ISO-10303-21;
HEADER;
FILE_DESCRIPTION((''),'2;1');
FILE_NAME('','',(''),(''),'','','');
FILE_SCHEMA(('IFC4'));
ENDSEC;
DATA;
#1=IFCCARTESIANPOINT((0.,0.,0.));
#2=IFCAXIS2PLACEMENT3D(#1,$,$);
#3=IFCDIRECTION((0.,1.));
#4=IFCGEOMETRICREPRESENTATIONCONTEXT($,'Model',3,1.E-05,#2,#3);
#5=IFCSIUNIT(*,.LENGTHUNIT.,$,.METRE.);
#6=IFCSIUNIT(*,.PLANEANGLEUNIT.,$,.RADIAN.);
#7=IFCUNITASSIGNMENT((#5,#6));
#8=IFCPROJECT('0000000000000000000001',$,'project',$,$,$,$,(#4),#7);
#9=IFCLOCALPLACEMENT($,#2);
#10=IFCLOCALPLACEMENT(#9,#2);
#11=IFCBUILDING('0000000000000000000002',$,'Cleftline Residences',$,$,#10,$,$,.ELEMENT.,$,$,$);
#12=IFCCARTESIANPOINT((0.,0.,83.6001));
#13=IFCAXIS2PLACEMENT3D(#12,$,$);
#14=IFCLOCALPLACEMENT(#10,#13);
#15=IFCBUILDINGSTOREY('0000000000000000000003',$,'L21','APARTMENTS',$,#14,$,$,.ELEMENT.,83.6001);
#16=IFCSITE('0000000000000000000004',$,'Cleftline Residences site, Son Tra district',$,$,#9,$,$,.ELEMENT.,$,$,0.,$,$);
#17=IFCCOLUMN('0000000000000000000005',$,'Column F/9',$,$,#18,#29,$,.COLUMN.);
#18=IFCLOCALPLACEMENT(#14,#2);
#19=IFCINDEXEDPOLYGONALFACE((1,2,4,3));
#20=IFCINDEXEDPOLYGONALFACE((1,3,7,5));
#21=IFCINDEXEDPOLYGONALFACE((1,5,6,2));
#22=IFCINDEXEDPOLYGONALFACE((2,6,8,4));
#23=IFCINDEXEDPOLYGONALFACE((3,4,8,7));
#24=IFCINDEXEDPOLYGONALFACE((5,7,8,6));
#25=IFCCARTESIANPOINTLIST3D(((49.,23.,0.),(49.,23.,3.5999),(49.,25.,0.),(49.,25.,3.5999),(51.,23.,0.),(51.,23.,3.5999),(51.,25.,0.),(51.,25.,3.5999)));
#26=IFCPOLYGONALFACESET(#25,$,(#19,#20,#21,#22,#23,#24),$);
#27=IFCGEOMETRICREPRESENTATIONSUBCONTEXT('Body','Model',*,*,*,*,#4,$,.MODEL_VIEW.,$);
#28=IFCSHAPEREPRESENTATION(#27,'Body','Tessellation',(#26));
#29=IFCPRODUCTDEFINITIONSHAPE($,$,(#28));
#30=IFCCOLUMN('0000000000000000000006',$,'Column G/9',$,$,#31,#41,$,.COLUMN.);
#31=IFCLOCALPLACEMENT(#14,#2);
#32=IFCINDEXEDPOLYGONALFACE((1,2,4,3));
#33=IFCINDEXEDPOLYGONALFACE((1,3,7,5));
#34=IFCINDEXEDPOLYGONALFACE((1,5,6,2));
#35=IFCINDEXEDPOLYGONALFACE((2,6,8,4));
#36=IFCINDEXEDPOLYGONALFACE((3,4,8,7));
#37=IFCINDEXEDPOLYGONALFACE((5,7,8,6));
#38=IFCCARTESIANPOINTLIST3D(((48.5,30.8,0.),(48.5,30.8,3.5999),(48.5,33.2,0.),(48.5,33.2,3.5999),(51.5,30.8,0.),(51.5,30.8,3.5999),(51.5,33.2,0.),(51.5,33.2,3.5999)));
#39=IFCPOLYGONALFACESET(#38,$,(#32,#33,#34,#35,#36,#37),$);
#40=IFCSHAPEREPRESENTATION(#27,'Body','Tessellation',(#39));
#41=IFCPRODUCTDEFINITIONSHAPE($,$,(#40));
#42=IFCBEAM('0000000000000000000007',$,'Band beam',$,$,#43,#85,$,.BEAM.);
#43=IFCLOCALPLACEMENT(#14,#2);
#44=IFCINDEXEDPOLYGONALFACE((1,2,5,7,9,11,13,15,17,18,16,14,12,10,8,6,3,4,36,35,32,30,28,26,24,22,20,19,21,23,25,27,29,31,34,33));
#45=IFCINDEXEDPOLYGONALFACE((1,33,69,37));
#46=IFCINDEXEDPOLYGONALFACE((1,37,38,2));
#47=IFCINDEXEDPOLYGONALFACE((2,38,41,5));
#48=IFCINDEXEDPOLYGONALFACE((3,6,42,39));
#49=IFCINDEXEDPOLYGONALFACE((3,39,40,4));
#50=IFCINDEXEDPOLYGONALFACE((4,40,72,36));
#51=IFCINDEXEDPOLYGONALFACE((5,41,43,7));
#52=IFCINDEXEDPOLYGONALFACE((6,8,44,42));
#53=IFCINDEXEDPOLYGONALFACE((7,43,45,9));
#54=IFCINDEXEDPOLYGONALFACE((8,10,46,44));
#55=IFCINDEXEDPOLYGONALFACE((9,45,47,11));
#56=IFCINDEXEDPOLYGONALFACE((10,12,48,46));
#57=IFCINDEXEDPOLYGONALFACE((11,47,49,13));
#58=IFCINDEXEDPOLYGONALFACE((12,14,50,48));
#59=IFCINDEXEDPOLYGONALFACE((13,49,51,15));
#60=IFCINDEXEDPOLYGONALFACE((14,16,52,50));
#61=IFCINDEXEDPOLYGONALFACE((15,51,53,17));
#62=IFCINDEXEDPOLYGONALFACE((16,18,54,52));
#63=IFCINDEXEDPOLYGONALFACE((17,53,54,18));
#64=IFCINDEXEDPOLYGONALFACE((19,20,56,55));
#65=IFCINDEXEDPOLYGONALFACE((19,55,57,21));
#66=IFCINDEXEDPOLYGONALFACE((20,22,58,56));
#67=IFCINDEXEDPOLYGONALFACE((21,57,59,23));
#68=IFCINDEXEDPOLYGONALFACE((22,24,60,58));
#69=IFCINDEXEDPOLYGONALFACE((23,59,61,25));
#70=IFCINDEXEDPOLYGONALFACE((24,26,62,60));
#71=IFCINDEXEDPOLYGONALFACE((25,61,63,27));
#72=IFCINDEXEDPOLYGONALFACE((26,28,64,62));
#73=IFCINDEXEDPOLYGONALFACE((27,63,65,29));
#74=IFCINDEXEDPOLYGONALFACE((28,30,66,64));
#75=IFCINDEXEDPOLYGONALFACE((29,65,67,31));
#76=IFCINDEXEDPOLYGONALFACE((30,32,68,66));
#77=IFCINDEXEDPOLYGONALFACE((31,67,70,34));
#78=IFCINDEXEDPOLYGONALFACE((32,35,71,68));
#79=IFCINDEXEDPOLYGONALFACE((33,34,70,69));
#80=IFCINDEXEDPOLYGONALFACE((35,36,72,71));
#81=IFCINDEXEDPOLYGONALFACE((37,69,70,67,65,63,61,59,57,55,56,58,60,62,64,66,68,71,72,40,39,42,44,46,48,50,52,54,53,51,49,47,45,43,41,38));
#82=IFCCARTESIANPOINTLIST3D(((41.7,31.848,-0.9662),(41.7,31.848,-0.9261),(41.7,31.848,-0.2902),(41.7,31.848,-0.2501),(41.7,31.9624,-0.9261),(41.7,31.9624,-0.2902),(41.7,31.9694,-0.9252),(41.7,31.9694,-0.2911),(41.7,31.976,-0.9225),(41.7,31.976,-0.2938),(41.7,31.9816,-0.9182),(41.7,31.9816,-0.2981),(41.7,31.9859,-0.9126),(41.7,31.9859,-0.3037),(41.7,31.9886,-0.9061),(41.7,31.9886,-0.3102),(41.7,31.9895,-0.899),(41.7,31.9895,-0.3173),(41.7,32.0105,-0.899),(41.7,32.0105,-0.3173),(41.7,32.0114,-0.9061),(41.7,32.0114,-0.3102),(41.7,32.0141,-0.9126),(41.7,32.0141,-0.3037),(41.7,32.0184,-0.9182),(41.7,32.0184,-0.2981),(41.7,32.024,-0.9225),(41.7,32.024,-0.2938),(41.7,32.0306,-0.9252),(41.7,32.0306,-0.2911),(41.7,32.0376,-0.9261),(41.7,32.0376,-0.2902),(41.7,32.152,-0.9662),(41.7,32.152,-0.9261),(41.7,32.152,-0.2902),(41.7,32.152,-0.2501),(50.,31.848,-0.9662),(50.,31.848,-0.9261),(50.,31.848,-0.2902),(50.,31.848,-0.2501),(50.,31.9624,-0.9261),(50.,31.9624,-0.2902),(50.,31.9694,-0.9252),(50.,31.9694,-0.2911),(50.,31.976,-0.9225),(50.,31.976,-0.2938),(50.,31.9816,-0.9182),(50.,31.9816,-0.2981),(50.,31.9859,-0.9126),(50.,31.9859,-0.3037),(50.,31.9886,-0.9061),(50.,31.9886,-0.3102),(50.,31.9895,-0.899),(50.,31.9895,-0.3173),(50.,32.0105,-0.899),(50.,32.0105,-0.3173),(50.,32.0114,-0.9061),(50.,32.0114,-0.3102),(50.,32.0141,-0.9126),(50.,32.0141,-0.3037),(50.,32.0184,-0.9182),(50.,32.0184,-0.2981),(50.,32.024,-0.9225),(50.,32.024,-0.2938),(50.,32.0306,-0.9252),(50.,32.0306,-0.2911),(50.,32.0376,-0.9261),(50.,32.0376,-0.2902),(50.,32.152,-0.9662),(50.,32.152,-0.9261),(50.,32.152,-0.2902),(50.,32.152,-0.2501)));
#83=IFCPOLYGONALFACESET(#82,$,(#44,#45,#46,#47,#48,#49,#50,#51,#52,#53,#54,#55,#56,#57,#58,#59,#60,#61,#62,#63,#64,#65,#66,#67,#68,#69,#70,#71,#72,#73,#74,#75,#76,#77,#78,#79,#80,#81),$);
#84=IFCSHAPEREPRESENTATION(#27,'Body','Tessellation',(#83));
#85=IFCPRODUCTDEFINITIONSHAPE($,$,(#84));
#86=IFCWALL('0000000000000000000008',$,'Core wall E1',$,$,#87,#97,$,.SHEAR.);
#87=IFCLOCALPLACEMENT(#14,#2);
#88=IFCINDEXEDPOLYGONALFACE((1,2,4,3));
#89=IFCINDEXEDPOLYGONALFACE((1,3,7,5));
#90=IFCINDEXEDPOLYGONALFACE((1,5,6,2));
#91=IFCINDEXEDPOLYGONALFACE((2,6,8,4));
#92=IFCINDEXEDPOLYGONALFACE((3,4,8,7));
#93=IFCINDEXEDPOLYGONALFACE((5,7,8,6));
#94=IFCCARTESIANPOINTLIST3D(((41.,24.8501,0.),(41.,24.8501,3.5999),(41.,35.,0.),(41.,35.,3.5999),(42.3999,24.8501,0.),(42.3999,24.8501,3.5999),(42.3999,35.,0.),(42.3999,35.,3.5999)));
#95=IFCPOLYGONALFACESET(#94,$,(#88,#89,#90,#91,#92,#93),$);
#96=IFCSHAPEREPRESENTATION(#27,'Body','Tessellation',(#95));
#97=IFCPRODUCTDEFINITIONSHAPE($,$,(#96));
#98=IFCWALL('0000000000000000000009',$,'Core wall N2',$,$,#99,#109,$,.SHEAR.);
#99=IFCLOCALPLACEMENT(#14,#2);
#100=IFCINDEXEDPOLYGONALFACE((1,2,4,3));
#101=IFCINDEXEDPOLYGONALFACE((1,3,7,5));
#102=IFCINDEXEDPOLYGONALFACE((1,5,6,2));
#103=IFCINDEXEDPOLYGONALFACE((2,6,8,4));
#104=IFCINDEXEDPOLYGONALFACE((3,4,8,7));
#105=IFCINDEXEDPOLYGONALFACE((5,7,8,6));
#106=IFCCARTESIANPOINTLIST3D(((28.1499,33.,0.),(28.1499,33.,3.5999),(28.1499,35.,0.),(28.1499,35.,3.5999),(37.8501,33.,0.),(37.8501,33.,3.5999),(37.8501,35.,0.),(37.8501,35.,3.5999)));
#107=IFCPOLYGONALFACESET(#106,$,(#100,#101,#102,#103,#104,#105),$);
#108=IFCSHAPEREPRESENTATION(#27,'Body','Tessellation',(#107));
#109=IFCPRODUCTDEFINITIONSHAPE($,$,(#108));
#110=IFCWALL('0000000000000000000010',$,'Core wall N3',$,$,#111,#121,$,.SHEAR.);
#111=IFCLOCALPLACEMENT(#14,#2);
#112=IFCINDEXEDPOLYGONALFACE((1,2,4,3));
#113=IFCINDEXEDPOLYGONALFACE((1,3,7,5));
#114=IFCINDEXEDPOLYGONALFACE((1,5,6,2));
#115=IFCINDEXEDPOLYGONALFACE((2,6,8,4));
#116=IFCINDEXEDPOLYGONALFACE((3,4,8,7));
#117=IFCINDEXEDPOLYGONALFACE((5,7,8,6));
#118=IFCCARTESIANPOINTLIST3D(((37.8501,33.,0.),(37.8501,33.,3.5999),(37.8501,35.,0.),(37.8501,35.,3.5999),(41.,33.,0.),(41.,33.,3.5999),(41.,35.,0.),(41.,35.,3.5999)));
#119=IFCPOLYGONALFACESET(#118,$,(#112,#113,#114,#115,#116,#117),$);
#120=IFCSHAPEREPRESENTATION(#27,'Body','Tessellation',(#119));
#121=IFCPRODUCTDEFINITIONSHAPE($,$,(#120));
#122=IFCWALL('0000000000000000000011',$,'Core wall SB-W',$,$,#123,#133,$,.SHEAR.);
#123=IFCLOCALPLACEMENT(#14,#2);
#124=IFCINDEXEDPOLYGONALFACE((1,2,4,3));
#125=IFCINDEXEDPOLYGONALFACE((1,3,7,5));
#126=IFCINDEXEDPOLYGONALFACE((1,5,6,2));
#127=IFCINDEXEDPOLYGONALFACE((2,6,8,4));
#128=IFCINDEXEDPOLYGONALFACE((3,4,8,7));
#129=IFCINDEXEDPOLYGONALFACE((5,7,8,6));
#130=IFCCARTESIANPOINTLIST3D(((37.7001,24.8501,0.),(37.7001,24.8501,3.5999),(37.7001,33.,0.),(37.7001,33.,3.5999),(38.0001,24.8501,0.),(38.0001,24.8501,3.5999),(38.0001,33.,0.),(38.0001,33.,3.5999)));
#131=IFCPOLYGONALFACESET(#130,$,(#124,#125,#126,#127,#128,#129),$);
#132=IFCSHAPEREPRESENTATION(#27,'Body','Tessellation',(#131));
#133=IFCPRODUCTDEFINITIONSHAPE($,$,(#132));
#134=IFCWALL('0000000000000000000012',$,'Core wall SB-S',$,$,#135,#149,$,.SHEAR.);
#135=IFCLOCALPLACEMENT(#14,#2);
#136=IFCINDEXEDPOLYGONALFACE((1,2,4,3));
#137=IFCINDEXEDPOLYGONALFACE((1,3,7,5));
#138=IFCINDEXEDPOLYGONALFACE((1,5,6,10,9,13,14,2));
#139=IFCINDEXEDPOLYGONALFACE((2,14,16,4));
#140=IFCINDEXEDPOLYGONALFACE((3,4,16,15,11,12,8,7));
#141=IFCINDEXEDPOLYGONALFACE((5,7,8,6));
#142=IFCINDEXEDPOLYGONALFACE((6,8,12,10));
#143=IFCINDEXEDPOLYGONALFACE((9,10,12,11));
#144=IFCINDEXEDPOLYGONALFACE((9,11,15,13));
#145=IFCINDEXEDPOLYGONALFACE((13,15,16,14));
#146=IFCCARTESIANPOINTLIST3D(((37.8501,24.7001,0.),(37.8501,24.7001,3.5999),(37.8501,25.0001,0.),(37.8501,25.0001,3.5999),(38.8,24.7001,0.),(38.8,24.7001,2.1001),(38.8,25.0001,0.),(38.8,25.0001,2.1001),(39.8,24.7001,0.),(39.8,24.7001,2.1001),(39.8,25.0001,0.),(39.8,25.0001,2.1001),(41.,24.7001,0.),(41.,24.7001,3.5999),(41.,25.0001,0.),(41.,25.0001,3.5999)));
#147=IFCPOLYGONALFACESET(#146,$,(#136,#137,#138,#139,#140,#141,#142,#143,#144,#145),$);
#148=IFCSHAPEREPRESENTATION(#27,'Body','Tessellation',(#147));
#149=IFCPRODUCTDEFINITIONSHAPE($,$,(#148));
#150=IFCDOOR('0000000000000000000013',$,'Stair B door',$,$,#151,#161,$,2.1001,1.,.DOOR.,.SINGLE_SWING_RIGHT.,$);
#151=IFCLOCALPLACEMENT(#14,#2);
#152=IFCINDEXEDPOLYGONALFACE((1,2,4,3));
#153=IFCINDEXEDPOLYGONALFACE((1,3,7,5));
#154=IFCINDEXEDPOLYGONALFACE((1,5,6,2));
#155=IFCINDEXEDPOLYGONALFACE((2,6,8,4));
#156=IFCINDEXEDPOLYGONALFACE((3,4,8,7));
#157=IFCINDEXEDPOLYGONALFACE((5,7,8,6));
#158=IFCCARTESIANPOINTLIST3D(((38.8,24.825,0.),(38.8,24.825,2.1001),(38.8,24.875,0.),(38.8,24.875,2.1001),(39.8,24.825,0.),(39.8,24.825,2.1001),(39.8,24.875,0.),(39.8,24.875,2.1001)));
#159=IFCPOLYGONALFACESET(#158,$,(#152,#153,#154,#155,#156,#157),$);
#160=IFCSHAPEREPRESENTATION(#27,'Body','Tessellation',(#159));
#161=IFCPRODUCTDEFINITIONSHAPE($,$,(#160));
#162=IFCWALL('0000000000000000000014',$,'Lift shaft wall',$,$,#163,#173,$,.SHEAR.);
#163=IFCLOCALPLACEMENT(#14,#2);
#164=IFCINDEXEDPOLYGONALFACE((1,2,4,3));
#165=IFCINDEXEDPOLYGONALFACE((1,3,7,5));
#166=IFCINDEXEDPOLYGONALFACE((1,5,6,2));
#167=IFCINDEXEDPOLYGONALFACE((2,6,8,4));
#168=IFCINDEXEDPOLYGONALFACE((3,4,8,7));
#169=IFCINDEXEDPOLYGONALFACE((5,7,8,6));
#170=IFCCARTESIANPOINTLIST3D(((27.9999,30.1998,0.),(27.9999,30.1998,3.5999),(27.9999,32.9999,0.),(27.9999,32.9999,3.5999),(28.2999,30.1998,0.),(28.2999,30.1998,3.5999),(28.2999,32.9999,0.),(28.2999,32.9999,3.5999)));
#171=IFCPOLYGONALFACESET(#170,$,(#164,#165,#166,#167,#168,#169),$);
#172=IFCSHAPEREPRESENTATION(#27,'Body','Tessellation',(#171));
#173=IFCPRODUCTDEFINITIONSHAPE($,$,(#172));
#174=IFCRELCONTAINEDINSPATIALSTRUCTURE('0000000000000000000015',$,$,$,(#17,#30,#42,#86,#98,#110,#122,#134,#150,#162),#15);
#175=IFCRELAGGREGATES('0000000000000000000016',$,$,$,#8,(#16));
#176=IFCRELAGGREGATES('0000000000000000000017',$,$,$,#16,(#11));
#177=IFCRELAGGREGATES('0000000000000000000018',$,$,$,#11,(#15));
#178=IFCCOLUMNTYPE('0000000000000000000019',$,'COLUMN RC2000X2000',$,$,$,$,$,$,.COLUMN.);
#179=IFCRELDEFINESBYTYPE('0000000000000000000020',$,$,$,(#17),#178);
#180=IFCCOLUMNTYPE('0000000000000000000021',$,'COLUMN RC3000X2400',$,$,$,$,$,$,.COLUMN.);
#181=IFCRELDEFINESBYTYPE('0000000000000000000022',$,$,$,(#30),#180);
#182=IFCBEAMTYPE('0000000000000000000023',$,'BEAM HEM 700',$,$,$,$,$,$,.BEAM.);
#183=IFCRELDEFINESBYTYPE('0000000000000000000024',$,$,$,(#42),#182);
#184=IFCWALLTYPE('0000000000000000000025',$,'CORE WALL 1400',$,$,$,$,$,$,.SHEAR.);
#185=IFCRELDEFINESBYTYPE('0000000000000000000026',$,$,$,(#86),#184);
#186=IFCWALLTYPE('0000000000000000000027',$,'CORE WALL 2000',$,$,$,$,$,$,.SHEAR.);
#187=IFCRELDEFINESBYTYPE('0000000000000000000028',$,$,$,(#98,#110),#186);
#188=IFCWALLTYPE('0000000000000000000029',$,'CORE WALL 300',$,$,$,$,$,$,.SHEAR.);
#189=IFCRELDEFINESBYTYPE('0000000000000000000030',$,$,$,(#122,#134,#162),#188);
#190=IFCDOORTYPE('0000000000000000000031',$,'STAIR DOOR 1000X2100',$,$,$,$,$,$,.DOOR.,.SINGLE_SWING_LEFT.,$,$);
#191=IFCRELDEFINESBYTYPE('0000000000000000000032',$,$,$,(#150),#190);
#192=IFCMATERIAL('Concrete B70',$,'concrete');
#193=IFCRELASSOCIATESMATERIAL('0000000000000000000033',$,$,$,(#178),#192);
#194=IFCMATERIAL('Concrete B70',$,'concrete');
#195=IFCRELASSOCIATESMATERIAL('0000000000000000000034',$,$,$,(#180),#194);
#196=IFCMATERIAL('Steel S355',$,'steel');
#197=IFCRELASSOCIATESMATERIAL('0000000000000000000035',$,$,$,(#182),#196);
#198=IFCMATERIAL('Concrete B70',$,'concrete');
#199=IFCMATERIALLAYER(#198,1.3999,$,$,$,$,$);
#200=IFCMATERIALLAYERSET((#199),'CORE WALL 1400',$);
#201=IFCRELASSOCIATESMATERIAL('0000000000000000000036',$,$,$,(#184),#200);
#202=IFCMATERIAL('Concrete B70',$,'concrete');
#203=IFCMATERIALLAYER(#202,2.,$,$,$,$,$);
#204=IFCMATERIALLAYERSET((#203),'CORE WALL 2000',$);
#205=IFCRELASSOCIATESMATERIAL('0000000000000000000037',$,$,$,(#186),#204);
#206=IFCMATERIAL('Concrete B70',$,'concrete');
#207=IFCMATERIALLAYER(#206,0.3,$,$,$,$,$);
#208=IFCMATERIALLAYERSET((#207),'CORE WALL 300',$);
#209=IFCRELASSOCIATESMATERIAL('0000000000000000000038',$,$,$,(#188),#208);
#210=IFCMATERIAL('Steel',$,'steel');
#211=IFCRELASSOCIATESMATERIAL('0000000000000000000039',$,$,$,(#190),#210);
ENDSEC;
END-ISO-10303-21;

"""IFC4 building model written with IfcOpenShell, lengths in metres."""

from ifc_helpers import new_model, si_unit, direction, frame, frame_2d, origin, origin_2d, place, context, subcontext, project, spatial, rectangle, i_section, extrude, material, layer, layer_set, material_profile, profile_set, type_object, element, fill, save


model = new_model("IFC4")

# Units and contexts
model_context = context("Model", 3, precision=1e-05, world=origin(), true_north=direction((0.0, 1.0)))
body_context = subcontext(model_context, "Body", "Model", "MODEL_VIEW")
ifc_project = project(units=[si_unit("LENGTHUNIT", "METRE"), si_unit("PLANEANGLEUNIT", "RADIAN")], contexts=[model_context])

# Site, building, storey
site_placement = place(None, origin())
site = spatial("IfcSite", under=ifc_project, at=site_placement, Name="Cleftline Residences site, Son Tra district", CompositionType="ELEMENT", RefElevation=0.0)
building_placement = place(site_placement, origin())
building = spatial("IfcBuilding", under=site, at=building_placement, Name="Cleftline Residences", CompositionType="ELEMENT")
storey_placement = place(building_placement, frame((0.0, 0.0, 83.6001)))
storey = spatial("IfcBuildingStorey", under=building, at=storey_placement, Name="L21", Description="APARTMENTS", CompositionType="ELEMENT", Elevation=83.6001)

# Columns
ifc_material_1 = material(Name="Concrete B70", Category="concrete")
ifc_material_profile_1 = material_profile(ifc_material_1, rectangle(XDim=2.0, YDim=2.0, at=origin_2d()))
ifc_profile_set_1 = profile_set([ifc_material_profile_1], Name="Concrete B70")
column_type_1 = type_object("IfcColumnType", Name="COLUMN RC2000X2000", PredefinedType="COLUMN", material=ifc_profile_set_1)
column_1_placement = place(storey_placement, frame((50.0, 24.0, 0.0), z_axis=(0.0, 0.0, 1.0), x_axis=(1.0, 0.0, 0.0)))
element("IfcColumn", 1, at=column_1_placement, inside=storey, type_object=column_type_1, Name="Column F/9", PredefinedType="COLUMN", context=body_context, shape_type="SweptSolid", body=[
    extrude(rectangle(XDim=2.0, YDim=2.0, at=origin_2d()), origin(), (0.0, 0.0, 1.0), 3.5999),
])
ifc_material_2 = material(Name="Concrete B70", Category="concrete")
ifc_material_profile_2 = material_profile(ifc_material_2, rectangle(XDim=3.0, YDim=2.3999, at=origin_2d()))
ifc_profile_set_2 = profile_set([ifc_material_profile_2], Name="Concrete B70")
column_type_2 = type_object("IfcColumnType", Name="COLUMN RC3000X2400", PredefinedType="COLUMN", material=ifc_profile_set_2)
column_2_placement = place(storey_placement, frame((50.0, 32.0, 0.0), z_axis=(0.0, 0.0, 1.0), x_axis=(1.0, 0.0, 0.0)))
element("IfcColumn", 2, at=column_2_placement, inside=storey, type_object=column_type_2, Name="Column G/9", PredefinedType="COLUMN", context=body_context, shape_type="SweptSolid", body=[
    extrude(rectangle(XDim=3.0, YDim=2.3999, at=origin_2d()), origin(), (0.0, 0.0, 1.0), 3.5999),
])

# Beam
ifc_material_3 = material(Name="Steel S355", Category="steel")
ifc_material_profile_3 = material_profile(ifc_material_3, i_section(OverallWidth=0.304, OverallDepth=0.7161, WebThickness=0.021, FlangeThickness=0.04, FilletRadius=0.0271, at=origin_2d()))
ifc_profile_set_3 = profile_set([ifc_material_profile_3], Name="Steel S355")
beam_type = type_object("IfcBeamType", Name="BEAM HEM 700", PredefinedType="BEAM", material=ifc_profile_set_3)
beam_placement = place(storey_placement, frame((50.0, 32.0, -0.6082), z_axis=(-1.0, 0.0, 0.0), x_axis=(0.0, -1.0, 0.0)))
element("IfcBeam", 3, at=beam_placement, inside=storey, type_object=beam_type, Name="Band beam", PredefinedType="BEAM", context=body_context, shape_type="SweptSolid", body=[
    extrude(i_section(OverallWidth=0.304, OverallDepth=0.7161, WebThickness=0.021, FlangeThickness=0.04, FilletRadius=0.0271, at=origin_2d()), origin(), (0.0, 0.0, 1.0), 8.3),
])

# Walls
ifc_material_4 = material(Name="Concrete B70", Category="concrete")
ifc_layer_1 = layer(ifc_material_4, 1.3999)
ifc_layer_set_1 = layer_set([ifc_layer_1], Name="CORE WALL 1400")
wall_type_1 = type_object("IfcWallType", Name="CORE WALL 1400", PredefinedType="SHEAR", material=ifc_layer_set_1)
wall_1_placement = place(storey_placement, frame((41.7, 24.8501, 0.0), z_axis=(0.0, 0.0, 1.0), x_axis=(0.0, 1.0, 0.0)))
element("IfcWall", 4, at=wall_1_placement, inside=storey, type_object=wall_type_1, Name="Core wall E1", PredefinedType="SHEAR", context=body_context, shape_type="SweptSolid", body=[
    extrude(rectangle(XDim=10.1499, YDim=1.3999, at=frame_2d((5.075, 0.0))), origin(), (0.0, 0.0, 1.0), 3.5999),
])
ifc_material_5 = material(Name="Concrete B70", Category="concrete")
ifc_layer_2 = layer(ifc_material_5, 2.0)
ifc_layer_set_2 = layer_set([ifc_layer_2], Name="CORE WALL 2000")
wall_type_2 = type_object("IfcWallType", Name="CORE WALL 2000", PredefinedType="SHEAR", material=ifc_layer_set_2)
wall_2_placement = place(storey_placement, frame((28.1499, 34.0, 0.0), z_axis=(0.0, 0.0, 1.0), x_axis=(1.0, 0.0, 0.0)))
element("IfcWall", 5, at=wall_2_placement, inside=storey, type_object=wall_type_2, Name="Core wall N2", PredefinedType="SHEAR", context=body_context, shape_type="SweptSolid", body=[
    extrude(rectangle(XDim=9.7002, YDim=2.0, at=frame_2d((4.8501, 0.0))), origin(), (0.0, 0.0, 1.0), 3.5999),
])
wall_3_placement = place(storey_placement, frame((37.8501, 34.0, 0.0), z_axis=(0.0, 0.0, 1.0), x_axis=(1.0, 0.0, 0.0)))
element("IfcWall", 6, at=wall_3_placement, inside=storey, type_object=wall_type_2, Name="Core wall N3", PredefinedType="SHEAR", context=body_context, shape_type="SweptSolid", body=[
    extrude(rectangle(XDim=3.1499, YDim=2.0, at=frame_2d((1.575, 0.0))), origin(), (0.0, 0.0, 1.0), 3.5999),
])
ifc_material_6 = material(Name="Concrete B70", Category="concrete")
ifc_layer_3 = layer(ifc_material_6, 0.3)
ifc_layer_set_3 = layer_set([ifc_layer_3], Name="CORE WALL 300")
wall_type_3 = type_object("IfcWallType", Name="CORE WALL 300", PredefinedType="SHEAR", material=ifc_layer_set_3)
wall_4_placement = place(storey_placement, frame((37.8501, 24.8501, 0.0), z_axis=(0.0, 0.0, 1.0), x_axis=(0.0, 1.0, 0.0)))
element("IfcWall", 7, at=wall_4_placement, inside=storey, type_object=wall_type_3, Name="Core wall SB-W", PredefinedType="SHEAR", context=body_context, shape_type="SweptSolid", body=[
    extrude(rectangle(XDim=8.1499, YDim=0.3, at=frame_2d((4.075, 0.0))), origin(), (0.0, 0.0, 1.0), 3.5999),
])

# Wall, opening, door
wall_5_placement = place(storey_placement, frame((37.8501, 24.8501, 0.0), z_axis=(0.0, 0.0, 1.0), x_axis=(1.0, 0.0, 0.0)))
wall_5 = element("IfcWall", 8, at=wall_5_placement, inside=storey, type_object=wall_type_3, Name="Core wall SB-S", PredefinedType="SHEAR", context=body_context, shape_type="SweptSolid", body=[
    extrude(rectangle(XDim=3.1499, YDim=0.3, at=frame_2d((1.575, 0.0))), origin(), (0.0, 0.0, 1.0), 3.5999),
])
opening_1_placement = place(wall_5_placement, frame((0.95, 0.0, 0.0)))
opening_1 = element("IfcOpeningElement", 9, at=opening_1_placement, cuts=wall_5, PredefinedType="OPENING", context=body_context, shape_type="SweptSolid", body=[
    extrude(rectangle(XDim=1.0, YDim=2.1001, at=frame_2d((0.5, 1.05))), frame((0.0, 0.1599, 0.0), z_axis=(0.0, -1.0, 0.0), x_axis=(1.0, 0.0, 0.0)), (0.0, 0.0, 1.0), 0.3201),
])
ifc_material_7 = material(Name="Steel", Category="steel")
door_type_1 = type_object("IfcDoorType", Name="STAIR DOOR 1000X2100", OperationType="SINGLE_SWING_LEFT", PredefinedType="DOOR", material=ifc_material_7)
door_1_placement = place(opening_1_placement, origin())
door_1 = element("IfcDoor", 10, at=door_1_placement, inside=storey, type_object=door_type_1, Name="Stair B door", OperationType="SINGLE_SWING_RIGHT", OverallHeight=2.1001, OverallWidth=1.0, PredefinedType="DOOR", context=body_context, shape_type="SweptSolid", body=[
    extrude(rectangle(XDim=1.0, YDim=2.1001, at=frame_2d((0.5, 1.05))), frame((0.0, 0.0249, 0.0), z_axis=(0.0, -1.0, 0.0), x_axis=(1.0, 0.0, 0.0)), (0.0, 0.0, 1.0), 0.05),
])
fill(opening_1, door_1)

# Wall
wall_6_placement = place(storey_placement, frame((28.1499, 30.2, 0.0), z_axis=(0.0, 0.0, 1.0), x_axis=(0.0, 1.0, 0.0)))
element("IfcWall", 11, at=wall_6_placement, inside=storey, type_object=wall_type_3, Name="Lift shaft wall", PredefinedType="SHEAR", context=body_context, shape_type="SweptSolid", body=[
    extrude(rectangle(XDim=2.8, YDim=0.3, at=frame_2d((1.3999, 0.0))), origin(), (0.0, 0.0, 1.0), 3.5999),
])

save(model, "model.ifc")
